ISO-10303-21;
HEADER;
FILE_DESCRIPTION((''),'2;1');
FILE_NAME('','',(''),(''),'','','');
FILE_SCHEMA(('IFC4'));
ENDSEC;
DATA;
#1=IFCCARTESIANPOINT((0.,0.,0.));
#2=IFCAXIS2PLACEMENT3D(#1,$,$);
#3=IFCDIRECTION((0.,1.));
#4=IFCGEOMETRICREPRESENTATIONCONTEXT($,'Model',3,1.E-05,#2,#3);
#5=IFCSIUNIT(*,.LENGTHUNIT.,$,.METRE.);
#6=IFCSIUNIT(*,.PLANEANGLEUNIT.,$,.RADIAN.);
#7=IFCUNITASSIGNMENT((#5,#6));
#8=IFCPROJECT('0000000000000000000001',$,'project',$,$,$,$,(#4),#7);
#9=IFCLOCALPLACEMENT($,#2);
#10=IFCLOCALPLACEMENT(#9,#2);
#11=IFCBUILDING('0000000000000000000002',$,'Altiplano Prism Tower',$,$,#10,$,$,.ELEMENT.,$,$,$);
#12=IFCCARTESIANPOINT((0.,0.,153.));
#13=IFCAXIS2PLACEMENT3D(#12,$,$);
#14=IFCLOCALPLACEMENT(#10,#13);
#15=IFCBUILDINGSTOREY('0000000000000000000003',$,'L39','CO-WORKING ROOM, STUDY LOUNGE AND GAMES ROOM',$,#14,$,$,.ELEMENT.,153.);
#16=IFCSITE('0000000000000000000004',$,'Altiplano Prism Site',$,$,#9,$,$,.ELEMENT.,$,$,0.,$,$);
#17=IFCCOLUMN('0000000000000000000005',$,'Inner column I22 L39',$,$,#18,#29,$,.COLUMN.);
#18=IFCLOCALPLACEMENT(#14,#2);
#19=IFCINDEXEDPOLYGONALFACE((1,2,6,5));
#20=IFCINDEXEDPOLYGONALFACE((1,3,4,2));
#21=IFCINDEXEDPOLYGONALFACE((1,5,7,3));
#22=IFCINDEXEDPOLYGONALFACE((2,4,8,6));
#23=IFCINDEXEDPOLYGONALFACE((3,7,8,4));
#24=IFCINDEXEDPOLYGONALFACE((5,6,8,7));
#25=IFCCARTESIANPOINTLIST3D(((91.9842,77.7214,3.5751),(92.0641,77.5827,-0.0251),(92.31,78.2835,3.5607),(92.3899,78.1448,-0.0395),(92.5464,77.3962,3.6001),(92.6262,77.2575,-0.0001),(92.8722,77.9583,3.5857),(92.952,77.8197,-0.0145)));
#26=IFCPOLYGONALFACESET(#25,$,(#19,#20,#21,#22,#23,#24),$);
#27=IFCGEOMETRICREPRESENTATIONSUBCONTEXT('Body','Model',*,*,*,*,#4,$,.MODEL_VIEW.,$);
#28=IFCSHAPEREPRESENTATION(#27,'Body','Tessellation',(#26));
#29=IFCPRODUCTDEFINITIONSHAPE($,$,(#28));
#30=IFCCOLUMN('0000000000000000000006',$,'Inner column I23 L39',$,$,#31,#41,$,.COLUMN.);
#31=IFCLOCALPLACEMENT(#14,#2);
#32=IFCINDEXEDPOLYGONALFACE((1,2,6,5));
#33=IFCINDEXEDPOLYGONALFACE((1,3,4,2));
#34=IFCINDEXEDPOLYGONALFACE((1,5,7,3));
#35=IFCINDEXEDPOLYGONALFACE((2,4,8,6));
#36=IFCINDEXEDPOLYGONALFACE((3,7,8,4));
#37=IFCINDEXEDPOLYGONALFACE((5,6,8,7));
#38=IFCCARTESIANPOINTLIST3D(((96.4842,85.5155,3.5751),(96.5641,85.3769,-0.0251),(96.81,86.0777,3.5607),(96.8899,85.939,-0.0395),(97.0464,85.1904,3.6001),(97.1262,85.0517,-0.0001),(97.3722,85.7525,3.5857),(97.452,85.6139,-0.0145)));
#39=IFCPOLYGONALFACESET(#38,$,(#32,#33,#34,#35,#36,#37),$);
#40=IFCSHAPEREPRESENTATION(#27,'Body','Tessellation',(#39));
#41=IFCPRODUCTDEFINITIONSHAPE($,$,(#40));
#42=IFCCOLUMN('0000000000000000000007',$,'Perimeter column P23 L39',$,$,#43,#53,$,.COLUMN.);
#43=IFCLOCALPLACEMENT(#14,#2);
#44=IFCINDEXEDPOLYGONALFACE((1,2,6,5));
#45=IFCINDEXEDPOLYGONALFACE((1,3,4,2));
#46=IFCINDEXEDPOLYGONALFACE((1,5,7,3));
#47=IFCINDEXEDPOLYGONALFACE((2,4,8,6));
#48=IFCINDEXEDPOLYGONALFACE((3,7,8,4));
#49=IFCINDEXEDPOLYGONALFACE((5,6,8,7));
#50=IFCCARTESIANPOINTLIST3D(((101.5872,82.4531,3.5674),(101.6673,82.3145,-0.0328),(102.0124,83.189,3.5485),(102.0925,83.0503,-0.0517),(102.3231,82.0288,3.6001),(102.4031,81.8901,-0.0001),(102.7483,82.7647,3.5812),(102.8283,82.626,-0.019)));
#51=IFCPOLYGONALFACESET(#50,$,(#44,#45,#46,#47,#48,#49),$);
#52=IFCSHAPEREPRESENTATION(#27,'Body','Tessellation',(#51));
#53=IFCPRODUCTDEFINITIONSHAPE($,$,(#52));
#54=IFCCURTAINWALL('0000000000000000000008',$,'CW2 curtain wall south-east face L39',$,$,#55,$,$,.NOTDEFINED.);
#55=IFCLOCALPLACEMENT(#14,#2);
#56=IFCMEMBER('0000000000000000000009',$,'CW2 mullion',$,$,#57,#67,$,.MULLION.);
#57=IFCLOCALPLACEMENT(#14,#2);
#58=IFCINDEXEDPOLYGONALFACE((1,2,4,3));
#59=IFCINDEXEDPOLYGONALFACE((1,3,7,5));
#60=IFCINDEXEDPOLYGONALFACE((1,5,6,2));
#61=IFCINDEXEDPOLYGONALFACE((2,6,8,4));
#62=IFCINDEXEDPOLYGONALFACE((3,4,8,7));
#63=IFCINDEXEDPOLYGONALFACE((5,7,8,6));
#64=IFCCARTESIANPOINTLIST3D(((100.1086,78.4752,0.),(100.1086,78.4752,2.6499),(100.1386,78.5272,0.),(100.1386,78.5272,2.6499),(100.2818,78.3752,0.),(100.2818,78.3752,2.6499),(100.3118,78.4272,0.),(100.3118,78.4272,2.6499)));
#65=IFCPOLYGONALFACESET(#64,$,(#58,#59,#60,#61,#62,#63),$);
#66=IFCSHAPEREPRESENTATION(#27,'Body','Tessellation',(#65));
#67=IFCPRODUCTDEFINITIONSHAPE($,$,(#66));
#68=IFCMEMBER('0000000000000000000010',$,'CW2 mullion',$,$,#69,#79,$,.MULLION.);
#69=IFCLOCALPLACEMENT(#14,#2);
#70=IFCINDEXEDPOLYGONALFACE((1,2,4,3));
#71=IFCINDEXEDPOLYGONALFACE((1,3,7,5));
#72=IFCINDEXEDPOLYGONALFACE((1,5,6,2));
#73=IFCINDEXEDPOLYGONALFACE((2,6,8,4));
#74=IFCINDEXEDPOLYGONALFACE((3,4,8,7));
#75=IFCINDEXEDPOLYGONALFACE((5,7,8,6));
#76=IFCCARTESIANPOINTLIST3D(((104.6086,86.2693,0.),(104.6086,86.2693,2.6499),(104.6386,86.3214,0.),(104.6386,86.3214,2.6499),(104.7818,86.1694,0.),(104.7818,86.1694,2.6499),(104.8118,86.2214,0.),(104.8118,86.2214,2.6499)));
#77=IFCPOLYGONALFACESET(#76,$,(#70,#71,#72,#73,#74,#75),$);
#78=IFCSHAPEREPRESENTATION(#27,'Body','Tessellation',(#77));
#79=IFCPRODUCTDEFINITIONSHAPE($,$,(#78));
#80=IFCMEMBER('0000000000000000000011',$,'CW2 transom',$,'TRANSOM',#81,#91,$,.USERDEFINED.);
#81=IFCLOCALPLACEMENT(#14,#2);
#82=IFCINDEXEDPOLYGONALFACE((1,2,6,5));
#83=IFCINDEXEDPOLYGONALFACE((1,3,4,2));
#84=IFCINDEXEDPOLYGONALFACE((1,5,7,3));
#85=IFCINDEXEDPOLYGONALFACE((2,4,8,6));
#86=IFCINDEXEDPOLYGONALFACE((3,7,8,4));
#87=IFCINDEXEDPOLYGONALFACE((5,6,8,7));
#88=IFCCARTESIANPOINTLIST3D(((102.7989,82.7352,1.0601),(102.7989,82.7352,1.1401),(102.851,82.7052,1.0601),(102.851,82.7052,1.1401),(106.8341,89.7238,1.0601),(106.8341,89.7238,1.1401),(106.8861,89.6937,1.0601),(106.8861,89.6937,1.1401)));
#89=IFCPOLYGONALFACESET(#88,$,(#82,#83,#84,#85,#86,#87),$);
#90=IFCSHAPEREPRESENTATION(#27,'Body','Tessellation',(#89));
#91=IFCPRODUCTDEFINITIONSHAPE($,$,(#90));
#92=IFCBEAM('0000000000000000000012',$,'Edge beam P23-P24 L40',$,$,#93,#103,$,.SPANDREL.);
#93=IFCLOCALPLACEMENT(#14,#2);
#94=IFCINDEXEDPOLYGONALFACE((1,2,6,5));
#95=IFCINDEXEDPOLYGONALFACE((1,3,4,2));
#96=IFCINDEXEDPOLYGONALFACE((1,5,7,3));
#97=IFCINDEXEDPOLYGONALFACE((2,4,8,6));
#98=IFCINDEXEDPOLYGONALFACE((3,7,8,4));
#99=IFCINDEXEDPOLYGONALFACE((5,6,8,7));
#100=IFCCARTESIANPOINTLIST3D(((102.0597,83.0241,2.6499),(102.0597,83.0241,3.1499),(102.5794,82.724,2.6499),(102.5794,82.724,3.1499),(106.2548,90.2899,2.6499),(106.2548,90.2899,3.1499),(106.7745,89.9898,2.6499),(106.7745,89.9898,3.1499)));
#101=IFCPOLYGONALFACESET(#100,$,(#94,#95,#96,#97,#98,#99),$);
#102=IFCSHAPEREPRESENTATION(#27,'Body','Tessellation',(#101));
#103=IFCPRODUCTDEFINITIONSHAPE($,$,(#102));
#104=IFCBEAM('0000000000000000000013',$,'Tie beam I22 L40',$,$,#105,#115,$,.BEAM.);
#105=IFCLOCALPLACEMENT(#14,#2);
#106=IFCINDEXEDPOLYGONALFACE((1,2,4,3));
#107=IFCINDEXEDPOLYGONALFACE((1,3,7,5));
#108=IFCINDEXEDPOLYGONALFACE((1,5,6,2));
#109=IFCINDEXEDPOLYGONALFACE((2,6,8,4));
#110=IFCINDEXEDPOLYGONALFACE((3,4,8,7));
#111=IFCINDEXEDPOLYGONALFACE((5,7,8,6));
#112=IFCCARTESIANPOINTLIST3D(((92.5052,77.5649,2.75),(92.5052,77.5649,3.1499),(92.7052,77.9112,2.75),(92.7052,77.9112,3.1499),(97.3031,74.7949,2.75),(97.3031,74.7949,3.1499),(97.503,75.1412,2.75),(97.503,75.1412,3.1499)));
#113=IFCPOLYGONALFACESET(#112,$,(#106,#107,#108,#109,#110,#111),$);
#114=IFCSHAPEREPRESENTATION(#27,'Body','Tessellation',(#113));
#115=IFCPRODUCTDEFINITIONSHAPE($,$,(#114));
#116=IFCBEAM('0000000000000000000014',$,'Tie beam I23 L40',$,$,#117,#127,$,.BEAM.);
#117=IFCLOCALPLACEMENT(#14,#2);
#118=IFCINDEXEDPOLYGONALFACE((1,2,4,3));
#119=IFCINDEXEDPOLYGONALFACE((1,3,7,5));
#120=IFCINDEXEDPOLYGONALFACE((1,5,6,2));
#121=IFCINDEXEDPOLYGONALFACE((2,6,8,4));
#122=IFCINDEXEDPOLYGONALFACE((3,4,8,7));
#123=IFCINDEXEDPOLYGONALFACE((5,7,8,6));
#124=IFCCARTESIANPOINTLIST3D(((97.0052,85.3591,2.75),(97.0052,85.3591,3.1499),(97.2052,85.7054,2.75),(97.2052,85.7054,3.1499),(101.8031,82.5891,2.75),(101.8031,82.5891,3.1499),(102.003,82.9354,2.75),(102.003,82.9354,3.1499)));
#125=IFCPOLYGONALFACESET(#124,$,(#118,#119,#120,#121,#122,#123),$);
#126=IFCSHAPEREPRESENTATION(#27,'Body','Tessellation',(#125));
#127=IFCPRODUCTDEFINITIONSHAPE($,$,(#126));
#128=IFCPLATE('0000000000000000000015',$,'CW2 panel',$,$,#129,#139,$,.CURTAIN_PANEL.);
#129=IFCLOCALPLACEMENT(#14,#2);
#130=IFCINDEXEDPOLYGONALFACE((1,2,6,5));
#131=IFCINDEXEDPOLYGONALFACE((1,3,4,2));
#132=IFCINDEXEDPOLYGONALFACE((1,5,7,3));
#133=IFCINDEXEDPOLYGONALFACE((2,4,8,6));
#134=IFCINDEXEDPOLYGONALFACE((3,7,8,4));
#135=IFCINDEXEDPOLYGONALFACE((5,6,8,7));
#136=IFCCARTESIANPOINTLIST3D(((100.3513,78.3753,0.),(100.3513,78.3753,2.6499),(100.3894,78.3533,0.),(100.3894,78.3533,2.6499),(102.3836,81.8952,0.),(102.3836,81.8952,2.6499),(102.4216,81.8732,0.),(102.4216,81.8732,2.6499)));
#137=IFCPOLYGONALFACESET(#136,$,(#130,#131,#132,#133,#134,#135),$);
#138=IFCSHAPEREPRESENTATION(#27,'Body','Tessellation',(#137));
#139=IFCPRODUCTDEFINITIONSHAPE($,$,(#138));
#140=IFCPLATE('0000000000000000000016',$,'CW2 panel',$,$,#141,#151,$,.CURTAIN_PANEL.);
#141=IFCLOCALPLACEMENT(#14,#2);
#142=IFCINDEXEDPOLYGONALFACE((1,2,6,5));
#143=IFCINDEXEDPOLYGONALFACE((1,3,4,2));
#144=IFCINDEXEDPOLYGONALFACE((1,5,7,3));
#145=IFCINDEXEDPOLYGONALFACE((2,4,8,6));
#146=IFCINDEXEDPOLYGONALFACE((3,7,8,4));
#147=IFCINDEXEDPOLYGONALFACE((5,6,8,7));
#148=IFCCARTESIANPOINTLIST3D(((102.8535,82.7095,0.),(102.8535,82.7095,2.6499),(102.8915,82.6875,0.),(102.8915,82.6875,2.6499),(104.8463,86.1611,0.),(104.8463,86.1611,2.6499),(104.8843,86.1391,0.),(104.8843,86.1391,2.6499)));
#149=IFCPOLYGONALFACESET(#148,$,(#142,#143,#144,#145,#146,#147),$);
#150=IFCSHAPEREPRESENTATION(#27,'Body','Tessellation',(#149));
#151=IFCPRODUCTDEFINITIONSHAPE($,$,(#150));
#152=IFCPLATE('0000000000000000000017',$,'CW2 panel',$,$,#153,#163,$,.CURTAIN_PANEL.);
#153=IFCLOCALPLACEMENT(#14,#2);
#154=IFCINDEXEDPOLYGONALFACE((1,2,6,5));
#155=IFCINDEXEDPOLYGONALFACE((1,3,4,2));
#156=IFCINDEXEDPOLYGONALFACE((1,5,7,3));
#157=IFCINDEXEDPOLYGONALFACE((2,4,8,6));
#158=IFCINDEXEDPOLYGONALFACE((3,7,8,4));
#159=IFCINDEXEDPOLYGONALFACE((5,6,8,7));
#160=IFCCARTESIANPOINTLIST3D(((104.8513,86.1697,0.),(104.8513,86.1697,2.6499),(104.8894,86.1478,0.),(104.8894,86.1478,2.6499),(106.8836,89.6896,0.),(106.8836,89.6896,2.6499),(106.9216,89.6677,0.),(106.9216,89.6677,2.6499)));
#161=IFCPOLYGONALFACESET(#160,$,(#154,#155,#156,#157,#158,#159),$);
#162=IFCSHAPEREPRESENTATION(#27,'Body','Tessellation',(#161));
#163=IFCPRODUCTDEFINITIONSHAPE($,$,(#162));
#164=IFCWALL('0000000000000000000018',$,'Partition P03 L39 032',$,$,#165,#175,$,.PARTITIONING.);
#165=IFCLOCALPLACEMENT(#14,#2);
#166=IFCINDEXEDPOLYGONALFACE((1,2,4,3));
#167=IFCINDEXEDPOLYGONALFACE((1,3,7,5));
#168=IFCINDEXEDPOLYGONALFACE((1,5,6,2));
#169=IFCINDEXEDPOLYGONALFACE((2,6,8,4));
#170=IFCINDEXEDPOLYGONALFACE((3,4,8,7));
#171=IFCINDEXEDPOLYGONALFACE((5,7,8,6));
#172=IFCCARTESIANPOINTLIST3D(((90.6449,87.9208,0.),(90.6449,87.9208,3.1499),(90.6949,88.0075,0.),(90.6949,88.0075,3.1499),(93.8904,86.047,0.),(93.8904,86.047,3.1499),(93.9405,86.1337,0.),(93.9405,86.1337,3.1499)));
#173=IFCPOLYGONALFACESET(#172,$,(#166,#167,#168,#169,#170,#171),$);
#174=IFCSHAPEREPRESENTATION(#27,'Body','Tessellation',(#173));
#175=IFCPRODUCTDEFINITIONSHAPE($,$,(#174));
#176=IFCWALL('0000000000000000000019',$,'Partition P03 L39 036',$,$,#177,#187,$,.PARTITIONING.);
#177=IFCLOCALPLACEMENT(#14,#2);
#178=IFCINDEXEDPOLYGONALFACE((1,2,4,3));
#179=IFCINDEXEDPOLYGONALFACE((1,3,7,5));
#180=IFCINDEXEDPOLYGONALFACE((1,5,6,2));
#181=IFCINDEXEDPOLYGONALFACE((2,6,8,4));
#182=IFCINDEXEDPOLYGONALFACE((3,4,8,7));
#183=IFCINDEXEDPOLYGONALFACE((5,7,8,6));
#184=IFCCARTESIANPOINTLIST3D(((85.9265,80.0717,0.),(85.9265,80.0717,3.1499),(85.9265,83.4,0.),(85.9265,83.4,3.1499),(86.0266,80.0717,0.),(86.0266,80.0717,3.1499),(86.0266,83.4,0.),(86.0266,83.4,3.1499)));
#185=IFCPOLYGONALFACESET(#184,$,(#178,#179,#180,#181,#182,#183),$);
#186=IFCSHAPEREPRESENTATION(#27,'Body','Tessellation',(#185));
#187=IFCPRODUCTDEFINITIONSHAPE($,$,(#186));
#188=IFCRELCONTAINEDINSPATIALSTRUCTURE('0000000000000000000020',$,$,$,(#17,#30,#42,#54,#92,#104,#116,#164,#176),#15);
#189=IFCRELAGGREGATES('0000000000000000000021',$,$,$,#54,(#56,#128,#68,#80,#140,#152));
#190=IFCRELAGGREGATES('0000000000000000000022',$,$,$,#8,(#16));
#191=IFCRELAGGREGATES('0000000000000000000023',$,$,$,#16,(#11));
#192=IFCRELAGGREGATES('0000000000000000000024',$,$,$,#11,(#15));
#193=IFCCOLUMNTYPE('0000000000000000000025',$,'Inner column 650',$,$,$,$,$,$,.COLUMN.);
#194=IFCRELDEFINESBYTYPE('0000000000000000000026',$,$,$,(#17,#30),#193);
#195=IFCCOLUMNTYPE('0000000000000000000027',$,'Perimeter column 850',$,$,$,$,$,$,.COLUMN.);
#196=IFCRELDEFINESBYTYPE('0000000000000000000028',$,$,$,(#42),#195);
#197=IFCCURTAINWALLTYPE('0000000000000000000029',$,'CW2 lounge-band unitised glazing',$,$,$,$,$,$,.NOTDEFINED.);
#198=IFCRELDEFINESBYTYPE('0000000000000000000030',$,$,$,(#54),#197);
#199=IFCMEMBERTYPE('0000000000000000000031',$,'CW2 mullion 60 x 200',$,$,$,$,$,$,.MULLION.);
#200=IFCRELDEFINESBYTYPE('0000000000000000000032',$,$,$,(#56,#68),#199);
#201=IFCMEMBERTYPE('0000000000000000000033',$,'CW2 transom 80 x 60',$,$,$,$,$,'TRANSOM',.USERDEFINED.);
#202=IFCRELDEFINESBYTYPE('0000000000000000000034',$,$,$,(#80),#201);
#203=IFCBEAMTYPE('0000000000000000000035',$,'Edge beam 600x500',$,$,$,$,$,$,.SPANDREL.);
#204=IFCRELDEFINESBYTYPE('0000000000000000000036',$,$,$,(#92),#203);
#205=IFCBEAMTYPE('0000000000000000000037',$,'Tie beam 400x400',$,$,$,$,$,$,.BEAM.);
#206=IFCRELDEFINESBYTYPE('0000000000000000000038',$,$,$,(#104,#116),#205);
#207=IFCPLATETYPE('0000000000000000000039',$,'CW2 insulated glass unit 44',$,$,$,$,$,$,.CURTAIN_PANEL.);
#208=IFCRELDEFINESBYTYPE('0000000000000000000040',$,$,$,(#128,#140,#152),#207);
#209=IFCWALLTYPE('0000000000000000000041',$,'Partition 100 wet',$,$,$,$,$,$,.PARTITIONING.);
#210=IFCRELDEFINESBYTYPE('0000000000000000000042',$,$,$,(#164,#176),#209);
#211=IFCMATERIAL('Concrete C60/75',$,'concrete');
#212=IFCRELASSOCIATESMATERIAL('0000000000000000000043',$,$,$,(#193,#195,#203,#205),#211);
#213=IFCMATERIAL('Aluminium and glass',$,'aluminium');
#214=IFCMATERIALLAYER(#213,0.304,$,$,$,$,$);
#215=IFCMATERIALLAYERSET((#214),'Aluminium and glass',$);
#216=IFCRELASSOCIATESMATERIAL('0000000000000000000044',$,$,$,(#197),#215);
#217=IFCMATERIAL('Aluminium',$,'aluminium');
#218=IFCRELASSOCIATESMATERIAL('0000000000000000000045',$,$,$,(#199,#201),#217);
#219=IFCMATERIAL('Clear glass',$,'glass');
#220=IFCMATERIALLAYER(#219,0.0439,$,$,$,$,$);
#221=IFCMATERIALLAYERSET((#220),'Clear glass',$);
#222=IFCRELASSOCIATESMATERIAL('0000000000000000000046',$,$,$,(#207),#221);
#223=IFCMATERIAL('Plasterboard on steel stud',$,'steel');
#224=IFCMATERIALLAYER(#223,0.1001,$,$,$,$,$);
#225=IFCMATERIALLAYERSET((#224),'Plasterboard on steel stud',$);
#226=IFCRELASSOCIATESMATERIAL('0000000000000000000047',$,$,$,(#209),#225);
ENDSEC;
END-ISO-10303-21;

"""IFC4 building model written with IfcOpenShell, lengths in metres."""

from ifc_helpers import new_model, si_unit, direction, frame, frame_2d, origin, origin_2d, place, context, subcontext, project, spatial, rectangle, extrude, material, layer, layer_set, material_profile, profile_set, type_object, element, aggregate, save


model = new_model("IFC4")

# Units and contexts
model_context = context("Model", 3, precision=1e-05, world=origin(), true_north=direction((0.0, 1.0)))
body_context = subcontext(model_context, "Body", "Model", "MODEL_VIEW")
ifc_project = project(units=[si_unit("LENGTHUNIT", "METRE"), si_unit("PLANEANGLEUNIT", "RADIAN")], contexts=[model_context])

# Site, building, storey
site_placement = place(None, origin())
site = spatial("IfcSite", under=ifc_project, at=site_placement, Name="Altiplano Prism Site", CompositionType="ELEMENT", RefElevation=0.0)
building_placement = place(site_placement, origin())
building = spatial("IfcBuilding", under=site, at=building_placement, Name="Altiplano Prism Tower", CompositionType="ELEMENT")
storey_placement = place(building_placement, frame((0.0, 0.0, 153.0)))
storey = spatial("IfcBuildingStorey", under=building, at=storey_placement, Name="L39", Description="CO-WORKING ROOM, STUDY LOUNGE AND GAMES ROOM", CompositionType="ELEMENT", Elevation=153.0)

# Columns
ifc_material_1 = material(Name="Concrete C60/75", Category="concrete")
ifc_material_profile_1 = material_profile(ifc_material_1, rectangle(XDim=0.6499, YDim=0.6499, at=origin_2d()), Name="Inner column 650")
ifc_profile_set_1 = profile_set([ifc_material_profile_1], Name="Concrete C60/75")
column_type_1 = type_object("IfcColumnType", Name="Inner column 650", PredefinedType="COLUMN", material=ifc_profile_set_1)
for number, where, z_axis, x_axis, name in (
    (1, (92.5081, 77.7012, -0.0198), (-0.022154, 0.038481, 0.999014), (-0.501318, -0.864979, 0.022201), "Inner column I22 L39"),
    (2, (97.0081, 85.4954, -0.0198), (-0.022154, 0.038481, 0.999014), (-0.501318, -0.864979, 0.022201), "Inner column I23 L39"),
):
    element("IfcColumn", number, at=place(storey_placement, frame(where, z_axis=z_axis, x_axis=x_axis)), inside=storey, type_object=column_type_1, Name=name, PredefinedType="COLUMN", context=body_context, shape_type="SweptSolid", body=[
        extrude(rectangle(XDim=0.6499, YDim=0.6499, at=origin_2d()), origin(), (0.0, 0.0, 1.0), 3.6038),
    ])
ifc_material_profile_2 = material_profile(ifc_material_1, rectangle(XDim=0.8501, YDim=0.8501, at=origin_2d()), Name="Perimeter column 850")
ifc_profile_set_2 = profile_set([ifc_material_profile_2], Name="Concrete C60/75")
column_type_2 = type_object("IfcColumnType", Name="Perimeter column 850", PredefinedType="COLUMN", material=ifc_profile_set_2)
column_placement = place(storey_placement, frame((102.2478, 82.4702, -0.0259), z_axis=(-0.022221, 0.038481, 0.999012), x_axis=(-0.500175, -0.865639, 0.022218)))
element("IfcColumn", 3, at=column_placement, inside=storey, type_object=column_type_2, Name="Perimeter column P23 L39", PredefinedType="COLUMN", context=body_context, shape_type="SweptSolid", body=[
    extrude(rectangle(XDim=0.8501, YDim=0.8501, at=origin_2d()), origin(), (0.0, 0.0, 1.0), 3.6038),
])

# Curtain wall, members
ifc_material_2 = material(Name="Aluminium and glass", Category="aluminium")
ifc_layer_1 = layer(ifc_material_2, 0.304)
ifc_layer_set_1 = layer_set([ifc_layer_1], Name="Aluminium and glass")
curtain_wall_type = type_object("IfcCurtainWallType", Name="CW2 lounge-band unitised glazing", PredefinedType="NOTDEFINED", material=ifc_layer_set_1)
curtain_wall_placement = place(storey_placement, origin())
curtain_wall = element("IfcCurtainWall", 4, at=curtain_wall_placement, inside=storey, type_object=curtain_wall_type, Name="CW2 curtain wall south-east face L39", PredefinedType="NOTDEFINED")
ifc_material_3 = material(Name="Aluminium", Category="aluminium")
ifc_material_profile_3 = material_profile(ifc_material_3, rectangle(XDim=0.2, YDim=0.0601, at=origin_2d()), Name="CW2 mullion 60 x 200")
ifc_profile_set_3 = profile_set([ifc_material_profile_3], Name="Aluminium")
member_type_1 = type_object("IfcMemberType", Name="CW2 mullion 60 x 200", PredefinedType="MULLION", material=ifc_profile_set_3)
member_1_placement = place(storey_placement, frame((100.2102, 78.4512, 0.0), z_axis=(0.0, 0.0, 1.0), x_axis=(-0.866025, 0.5, 0.0)))
member_1 = element("IfcMember", 5, at=member_1_placement, type_object=member_type_1, Name="CW2 mullion", PredefinedType="MULLION", context=body_context, shape_type="SweptSolid", body=[
    extrude(rectangle(XDim=0.2, YDim=0.0601, at=origin_2d()), origin(), (0.0, 0.0, 1.0), 2.6499),
])
member_2_placement = place(storey_placement, frame((104.7102, 86.2454, 0.0), z_axis=(0.0, 0.0, 1.0), x_axis=(-0.866025, 0.5, 0.0)))
member_2 = element("IfcMember", 6, at=member_2_placement, type_object=member_type_1, Name="CW2 mullion", PredefinedType="MULLION", context=body_context, shape_type="SweptSolid", body=[
    extrude(rectangle(XDim=0.2, YDim=0.0601, at=origin_2d()), origin(), (0.0, 0.0, 1.0), 2.6499),
])
ifc_material_profile_4 = material_profile(ifc_material_3, rectangle(XDim=0.0601, YDim=0.0801, at=origin_2d()), Name="CW2 transom 80 x 60")
ifc_profile_set_4 = profile_set([ifc_material_profile_4], Name="Aluminium")
member_type_2 = type_object("IfcMemberType", Name="CW2 transom 80 x 60", ElementType="TRANSOM", PredefinedType="USERDEFINED", material=ifc_profile_set_4)
member_3_placement = place(storey_placement, frame((102.825, 82.7202, 1.1001), z_axis=(0.500031, 0.866008, 0.0), x_axis=(-0.866008, 0.500031, 0.0)))
member_3 = element("IfcMember", 7, at=member_3_placement, type_object=member_type_2, Name="CW2 transom", ObjectType="TRANSOM", PredefinedType="USERDEFINED", context=body_context, shape_type="SweptSolid", body=[
    extrude(rectangle(XDim=0.0601, YDim=0.0801, at=origin_2d()), origin(), (0.0, 0.0, 1.0), 8.0698),
])

# Beams
ifc_material_profile_5 = material_profile(ifc_material_1, rectangle(XDim=0.6001, YDim=0.5, at=origin_2d()), Name="Edge beam 600x500")
ifc_profile_set_5 = profile_set([ifc_material_profile_5], Name="Concrete C60/75")
beam_type_1 = type_object("IfcBeamType", Name="Edge beam 600x500", PredefinedType="SPANDREL", material=ifc_profile_set_5)
beam_placement = place(storey_placement, frame((102.3196, 82.874, 2.8999), z_axis=(0.50001, 0.866019, 0.0), x_axis=(-0.866019, 0.50001, 0.0)))
element("IfcBeam", 8, at=beam_placement, inside=storey, type_object=beam_type_1, Name="Edge beam P23-P24 L40", PredefinedType="SPANDREL", context=body_context, shape_type="SweptSolid", body=[
    extrude(rectangle(XDim=0.6001, YDim=0.5, at=origin_2d()), origin(), (0.0, 0.0, 1.0), 8.3899),
])
ifc_material_profile_6 = material_profile(ifc_material_1, rectangle(XDim=0.3999, YDim=0.3999, at=origin_2d()), Name="Tie beam 400x400")
ifc_profile_set_6 = profile_set([ifc_material_profile_6], Name="Concrete C60/75")
beam_type_2 = type_object("IfcBeamType", Name="Tie beam 400x400", PredefinedType="BEAM", material=ifc_profile_set_6)
for number, where, z_axis, x_axis, name in (
    (9, (92.6052, 77.738, 2.95), (0.866027, -0.499997, 0.0), (0.499997, 0.866027, 0.0), "Tie beam I22 L40"),
    (10, (97.1052, 85.5322, 2.95), (0.866027, -0.499997, 0.0), (0.499997, 0.866027, 0.0), "Tie beam I23 L40"),
):
    element("IfcBeam", number, at=place(storey_placement, frame(where, z_axis=z_axis, x_axis=x_axis)), inside=storey, type_object=beam_type_2, Name=name, PredefinedType="BEAM", context=body_context, shape_type="SweptSolid", body=[
        extrude(rectangle(XDim=0.3999, YDim=0.3999, at=origin_2d()), origin(), (0.0, 0.0, 1.0), 5.54),
    ])

# Plates
ifc_material_4 = material(Name="Clear glass", Category="glass")
ifc_layer_2 = layer(ifc_material_4, 0.0439)
ifc_layer_set_2 = layer_set([ifc_layer_2], Name="Clear glass")
plate_type = type_object("IfcPlateType", Name="CW2 insulated glass unit 44", PredefinedType="CURTAIN_PANEL", material=ifc_layer_set_2)
plate_1_placement = place(storey_placement, frame((101.3865, 80.1243, 0.0), z_axis=(0.0, 0.0, 1.0), x_axis=(0.5, 0.866025, 0.0)))
plate_1 = element("IfcPlate", 11, at=plate_1_placement, type_object=plate_type, Name="CW2 panel", PredefinedType="CURTAIN_PANEL", context=body_context, shape_type="SweptSolid", body=[
    extrude(rectangle(XDim=4.0645, YDim=0.0439, at=origin_2d()), origin(), (0.0, 0.0, 1.0), 2.6499),
])
plate_2_placement = place(storey_placement, frame((103.8689, 84.4243, 0.0), z_axis=(0.0, 0.0, 1.0), x_axis=(0.5, 0.866025, 0.0)))
plate_2 = element("IfcPlate", 12, at=plate_2_placement, type_object=plate_type, Name="CW2 panel", PredefinedType="CURTAIN_PANEL", context=body_context, shape_type="SweptSolid", body=[
    extrude(rectangle(XDim=3.9856, YDim=0.0439, at=origin_2d()), origin(), (0.0, 0.0, 1.0), 2.6499),
])
plate_3_placement = place(storey_placement, frame((105.8865, 87.9187, 0.0), z_axis=(0.0, 0.0, 1.0), x_axis=(0.5, 0.866025, 0.0)))
plate_3 = element("IfcPlate", 13, at=plate_3_placement, type_object=plate_type, Name="CW2 panel", PredefinedType="CURTAIN_PANEL", context=body_context, shape_type="SweptSolid", body=[
    extrude(rectangle(XDim=4.0645, YDim=0.0439, at=origin_2d()), origin(), (0.0, 0.0, 1.0), 2.6499),
])
aggregate(curtain_wall, [member_1, plate_1, member_2, member_3, plate_2, plate_3])

# Walls
ifc_material_5 = material(Name="Plasterboard on steel stud", Category="steel")
ifc_layer_3 = layer(ifc_material_5, 0.1001)
ifc_layer_set_3 = layer_set([ifc_layer_3], Name="Plasterboard on steel stud")
wall_type_1 = type_object("IfcWallType", Name="Partition 100 wet", PredefinedType="PARTITIONING", material=ifc_layer_set_3)
wall_1_placement = place(storey_placement, frame((90.6699, 87.9641, 0.0), z_axis=(0.0, 0.0, 1.0), x_axis=(0.866034, -0.499986, 0.0)))
element("IfcWall", 14, at=wall_1_placement, inside=storey, type_object=wall_type_1, Name="Partition P03 L39 032", PredefinedType="PARTITIONING", context=body_context, shape_type="SweptSolid", body=[
    extrude(rectangle(XDim=3.7476, YDim=0.1001, at=frame_2d((1.8738, 0.0))), origin(), (0.0, 0.0, 1.0), 3.1499),
])
wall_2_placement = place(storey_placement, frame((85.9766, 83.3999, 0.0), z_axis=(0.0, 0.0, 1.0), x_axis=(0.0, -1.0, 0.0)))
element("IfcWall", 15, at=wall_2_placement, inside=storey, type_object=wall_type_1, Name="Partition P03 L39 036", PredefinedType="PARTITIONING", context=body_context, shape_type="SweptSolid", body=[
    extrude(rectangle(XDim=3.3284, YDim=0.1001, at=frame_2d((1.6641, 0.0))), origin(), (0.0, 0.0, 1.0), 3.1499),
])

save(model, "model.ifc")
